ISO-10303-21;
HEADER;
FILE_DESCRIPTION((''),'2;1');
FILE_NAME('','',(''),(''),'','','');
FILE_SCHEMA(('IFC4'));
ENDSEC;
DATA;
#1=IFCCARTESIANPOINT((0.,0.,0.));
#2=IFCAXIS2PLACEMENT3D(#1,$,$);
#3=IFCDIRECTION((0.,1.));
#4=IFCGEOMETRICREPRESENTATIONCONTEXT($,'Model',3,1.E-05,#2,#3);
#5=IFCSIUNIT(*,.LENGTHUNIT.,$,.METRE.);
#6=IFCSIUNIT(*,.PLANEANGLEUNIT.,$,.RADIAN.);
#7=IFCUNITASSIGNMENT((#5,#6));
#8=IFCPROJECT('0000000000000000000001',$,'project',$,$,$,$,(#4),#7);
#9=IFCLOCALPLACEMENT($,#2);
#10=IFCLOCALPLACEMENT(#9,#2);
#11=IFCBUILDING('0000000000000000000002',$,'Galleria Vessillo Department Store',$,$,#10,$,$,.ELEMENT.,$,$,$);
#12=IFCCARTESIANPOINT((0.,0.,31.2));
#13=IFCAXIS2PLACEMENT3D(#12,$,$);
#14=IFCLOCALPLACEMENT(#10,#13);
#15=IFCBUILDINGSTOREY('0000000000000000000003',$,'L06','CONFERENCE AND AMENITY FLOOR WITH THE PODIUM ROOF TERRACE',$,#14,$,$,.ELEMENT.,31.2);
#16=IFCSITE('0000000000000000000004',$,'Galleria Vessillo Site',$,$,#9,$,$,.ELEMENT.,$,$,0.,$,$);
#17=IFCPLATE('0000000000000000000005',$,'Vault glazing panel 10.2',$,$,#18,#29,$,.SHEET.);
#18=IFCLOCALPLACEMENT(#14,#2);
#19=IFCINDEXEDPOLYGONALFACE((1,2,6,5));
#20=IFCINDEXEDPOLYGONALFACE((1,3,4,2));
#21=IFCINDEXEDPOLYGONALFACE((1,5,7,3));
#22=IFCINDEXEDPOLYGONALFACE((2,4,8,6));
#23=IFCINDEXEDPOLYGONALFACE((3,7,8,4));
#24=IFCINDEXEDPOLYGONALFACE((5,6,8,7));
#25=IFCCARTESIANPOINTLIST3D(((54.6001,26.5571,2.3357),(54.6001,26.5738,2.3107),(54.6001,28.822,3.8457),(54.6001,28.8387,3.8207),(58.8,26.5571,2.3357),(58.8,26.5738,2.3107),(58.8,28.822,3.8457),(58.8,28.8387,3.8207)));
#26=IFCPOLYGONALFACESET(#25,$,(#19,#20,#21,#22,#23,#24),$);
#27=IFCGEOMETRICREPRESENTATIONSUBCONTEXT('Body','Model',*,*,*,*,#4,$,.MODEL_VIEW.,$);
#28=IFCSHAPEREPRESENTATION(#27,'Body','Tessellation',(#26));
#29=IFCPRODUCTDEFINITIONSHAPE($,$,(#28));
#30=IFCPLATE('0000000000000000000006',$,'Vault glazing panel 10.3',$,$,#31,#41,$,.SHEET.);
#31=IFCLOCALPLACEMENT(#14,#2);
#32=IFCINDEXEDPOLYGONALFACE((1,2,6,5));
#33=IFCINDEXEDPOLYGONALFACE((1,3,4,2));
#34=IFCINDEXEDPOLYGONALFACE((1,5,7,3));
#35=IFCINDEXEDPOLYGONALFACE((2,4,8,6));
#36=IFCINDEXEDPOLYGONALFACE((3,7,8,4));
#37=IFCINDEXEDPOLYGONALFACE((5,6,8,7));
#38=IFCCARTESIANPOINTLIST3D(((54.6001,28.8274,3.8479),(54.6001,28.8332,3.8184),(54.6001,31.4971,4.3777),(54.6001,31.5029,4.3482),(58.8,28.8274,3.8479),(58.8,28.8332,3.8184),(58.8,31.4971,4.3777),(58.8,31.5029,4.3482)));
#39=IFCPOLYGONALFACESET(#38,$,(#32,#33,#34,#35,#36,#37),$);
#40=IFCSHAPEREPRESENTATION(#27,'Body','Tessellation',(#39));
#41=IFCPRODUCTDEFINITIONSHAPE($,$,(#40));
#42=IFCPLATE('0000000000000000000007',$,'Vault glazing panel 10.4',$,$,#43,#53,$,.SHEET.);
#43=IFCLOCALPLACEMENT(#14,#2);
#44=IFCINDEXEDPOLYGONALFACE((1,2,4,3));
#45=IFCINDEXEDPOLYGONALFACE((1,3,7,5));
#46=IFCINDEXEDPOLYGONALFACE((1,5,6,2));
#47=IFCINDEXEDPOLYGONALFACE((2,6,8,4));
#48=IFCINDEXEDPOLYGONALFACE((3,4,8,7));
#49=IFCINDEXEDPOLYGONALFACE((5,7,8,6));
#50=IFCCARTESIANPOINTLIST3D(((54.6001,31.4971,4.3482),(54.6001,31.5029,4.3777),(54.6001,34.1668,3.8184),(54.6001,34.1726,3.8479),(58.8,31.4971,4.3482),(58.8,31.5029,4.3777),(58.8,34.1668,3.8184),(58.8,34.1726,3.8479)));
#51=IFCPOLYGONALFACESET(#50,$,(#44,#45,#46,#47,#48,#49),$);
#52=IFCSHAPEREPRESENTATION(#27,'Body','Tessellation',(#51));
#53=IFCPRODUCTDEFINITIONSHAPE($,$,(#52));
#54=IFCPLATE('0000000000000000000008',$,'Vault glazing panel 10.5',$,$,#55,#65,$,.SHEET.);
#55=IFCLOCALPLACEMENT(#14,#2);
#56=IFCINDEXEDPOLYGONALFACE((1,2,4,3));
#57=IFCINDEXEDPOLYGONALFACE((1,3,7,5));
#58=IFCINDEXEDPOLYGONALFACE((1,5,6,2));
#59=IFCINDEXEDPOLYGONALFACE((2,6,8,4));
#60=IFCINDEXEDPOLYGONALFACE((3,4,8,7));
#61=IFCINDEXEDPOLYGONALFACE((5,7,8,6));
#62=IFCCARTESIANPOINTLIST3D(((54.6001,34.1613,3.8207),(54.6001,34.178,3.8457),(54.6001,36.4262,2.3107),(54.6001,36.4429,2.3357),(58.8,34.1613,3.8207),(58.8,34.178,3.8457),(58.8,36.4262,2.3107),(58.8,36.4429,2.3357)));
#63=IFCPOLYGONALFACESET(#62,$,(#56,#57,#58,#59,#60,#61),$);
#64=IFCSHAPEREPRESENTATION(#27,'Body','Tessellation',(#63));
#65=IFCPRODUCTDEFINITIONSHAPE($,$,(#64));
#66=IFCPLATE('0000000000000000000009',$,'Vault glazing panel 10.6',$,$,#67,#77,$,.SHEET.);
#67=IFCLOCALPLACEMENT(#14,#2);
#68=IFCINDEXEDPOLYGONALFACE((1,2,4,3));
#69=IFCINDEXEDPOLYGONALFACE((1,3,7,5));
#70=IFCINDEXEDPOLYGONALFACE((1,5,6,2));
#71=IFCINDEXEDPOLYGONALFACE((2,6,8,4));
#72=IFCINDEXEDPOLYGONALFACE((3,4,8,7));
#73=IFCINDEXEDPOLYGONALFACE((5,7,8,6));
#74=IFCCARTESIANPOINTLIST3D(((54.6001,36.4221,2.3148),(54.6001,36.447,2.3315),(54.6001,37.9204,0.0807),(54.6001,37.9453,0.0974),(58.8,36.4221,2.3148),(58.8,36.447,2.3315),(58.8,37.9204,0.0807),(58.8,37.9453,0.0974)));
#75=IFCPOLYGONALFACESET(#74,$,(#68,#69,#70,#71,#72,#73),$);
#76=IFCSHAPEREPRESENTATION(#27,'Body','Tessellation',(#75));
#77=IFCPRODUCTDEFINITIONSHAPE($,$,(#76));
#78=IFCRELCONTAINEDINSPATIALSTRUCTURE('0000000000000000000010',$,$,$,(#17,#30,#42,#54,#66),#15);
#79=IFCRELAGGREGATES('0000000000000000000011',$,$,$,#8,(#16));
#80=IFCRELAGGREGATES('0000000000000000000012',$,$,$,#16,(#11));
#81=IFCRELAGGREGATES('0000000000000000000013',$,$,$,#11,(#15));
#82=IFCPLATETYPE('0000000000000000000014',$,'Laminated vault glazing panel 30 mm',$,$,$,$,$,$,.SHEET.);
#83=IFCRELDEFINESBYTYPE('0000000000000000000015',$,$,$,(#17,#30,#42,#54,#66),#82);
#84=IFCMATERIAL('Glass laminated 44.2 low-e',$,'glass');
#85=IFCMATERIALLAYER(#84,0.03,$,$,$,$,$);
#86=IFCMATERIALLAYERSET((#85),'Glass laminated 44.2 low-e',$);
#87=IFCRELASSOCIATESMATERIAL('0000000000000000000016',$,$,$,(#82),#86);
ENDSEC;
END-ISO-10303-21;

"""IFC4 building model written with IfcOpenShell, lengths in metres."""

from ifc_helpers import new_model, si_unit, direction, frame, origin, place, context, subcontext, project, spatial, polyline, outline, extrude, material, layer, layer_set, type_object, element, save


model = new_model("IFC4")

# Units and contexts
model_context = context("Model", 3, precision=1e-05, world=origin(), true_north=direction((0.0, 1.0)))
body_context = subcontext(model_context, "Body", "Model", "MODEL_VIEW")
ifc_project = project(units=[si_unit("LENGTHUNIT", "METRE"), si_unit("PLANEANGLEUNIT", "RADIAN")], contexts=[model_context])

# Site, building, storey
site_placement = place(None, origin())
site = spatial("IfcSite", under=ifc_project, at=site_placement, Name="Galleria Vessillo Site", CompositionType="ELEMENT", RefElevation=0.0)
building_placement = place(site_placement, origin())
building = spatial("IfcBuilding", under=site, at=building_placement, Name="Galleria Vessillo Department Store", CompositionType="ELEMENT")
storey_placement = place(building_placement, frame((0.0, 0.0, 31.2)))
storey = spatial("IfcBuildingStorey", under=building, at=storey_placement, Name="L06", Description="CONFERENCE AND AMENITY FLOOR WITH THE PODIUM ROOF TERRACE", CompositionType="ELEMENT", Elevation=31.2)

# Plates
ifc_material_1 = material(Name="Glass laminated 44.2 low-e", Category="glass")
ifc_layer = layer(ifc_material_1, 0.03)
ifc_layer_set = layer_set([ifc_layer], Name="Glass laminated 44.2 low-e")
plate_type = type_object("IfcPlateType", Name="Laminated vault glazing panel 30 mm", PredefinedType="SHEET", material=ifc_layer_set)
plate_1_placement = place(storey_placement, frame((54.6001, 26.5571, 2.3357), z_axis=(0.0, -0.554721, 0.832036), x_axis=(1.0, 0.0, 0.0)))
element("IfcPlate", 1, at=plate_1_placement, inside=storey, type_object=plate_type, Name="Vault glazing panel 10.2", PredefinedType="SHEET", context=body_context, shape_type="SweptSolid", body=[
    extrude(outline(polyline([(0.0, 0.0), (4.2, 0.0), (4.2, 2.7221), (0.0, 2.7221), (0.0, 0.0)])), origin(), (0.0, 0.0, -1.0), 0.03),
])
for number, where, z_axis, x_axis, name in (
    (2, (54.6001, 28.8274, 3.8479), (0.0, -0.19465, 0.980873), (1.0, 0.0, 0.0), "Vault glazing panel 10.3"),
    (3, (54.6001, 31.5029, 4.3777), (0.0, 0.19465, 0.980873), (1.0, 0.0, 0.0), "Vault glazing panel 10.4"),
):
    element("IfcPlate", number, at=place(storey_placement, frame(where, z_axis=z_axis, x_axis=x_axis)), inside=storey, type_object=plate_type, Name=name, PredefinedType="SHEET", context=body_context, shape_type="SweptSolid", body=[
        extrude(outline(polyline([(0.0, 0.0), (4.2, 0.0), (4.2, 2.7217), (0.0, 2.7217), (0.0, 0.0)])), origin(), (0.0, 0.0, -1.0), 0.03),
    ])
plate_2_placement = place(storey_placement, frame((54.6001, 34.178, 3.8457), z_axis=(0.0, 0.554721, 0.832036), x_axis=(1.0, 0.0, 0.0)))
element("IfcPlate", 4, at=plate_2_placement, inside=storey, type_object=plate_type, Name="Vault glazing panel 10.5", PredefinedType="SHEET", context=body_context, shape_type="SweptSolid", body=[
    extrude(outline(polyline([(0.0, 0.0), (4.2, 0.0), (4.2, 2.7221), (0.0, 2.7221), (0.0, 0.0)])), origin(), (0.0, 0.0, -1.0), 0.03),
])
plate_3_placement = place(storey_placement, frame((54.6001, 36.447, 2.3315), z_axis=(0.0, 0.830525, 0.556981), x_axis=(1.0, 0.0, 0.0)))
element("IfcPlate", 5, at=plate_3_placement, inside=storey, type_object=plate_type, Name="Vault glazing panel 10.6", PredefinedType="SHEET", context=body_context, shape_type="SweptSolid", body=[
    extrude(outline(polyline([(0.0, 0.0), (4.2, 0.0), (4.2, 2.69), (0.0, 2.69), (0.0, 0.0)])), origin(), (0.0, 0.0, -1.0), 0.03),
])

save(model, "model.ifc")
